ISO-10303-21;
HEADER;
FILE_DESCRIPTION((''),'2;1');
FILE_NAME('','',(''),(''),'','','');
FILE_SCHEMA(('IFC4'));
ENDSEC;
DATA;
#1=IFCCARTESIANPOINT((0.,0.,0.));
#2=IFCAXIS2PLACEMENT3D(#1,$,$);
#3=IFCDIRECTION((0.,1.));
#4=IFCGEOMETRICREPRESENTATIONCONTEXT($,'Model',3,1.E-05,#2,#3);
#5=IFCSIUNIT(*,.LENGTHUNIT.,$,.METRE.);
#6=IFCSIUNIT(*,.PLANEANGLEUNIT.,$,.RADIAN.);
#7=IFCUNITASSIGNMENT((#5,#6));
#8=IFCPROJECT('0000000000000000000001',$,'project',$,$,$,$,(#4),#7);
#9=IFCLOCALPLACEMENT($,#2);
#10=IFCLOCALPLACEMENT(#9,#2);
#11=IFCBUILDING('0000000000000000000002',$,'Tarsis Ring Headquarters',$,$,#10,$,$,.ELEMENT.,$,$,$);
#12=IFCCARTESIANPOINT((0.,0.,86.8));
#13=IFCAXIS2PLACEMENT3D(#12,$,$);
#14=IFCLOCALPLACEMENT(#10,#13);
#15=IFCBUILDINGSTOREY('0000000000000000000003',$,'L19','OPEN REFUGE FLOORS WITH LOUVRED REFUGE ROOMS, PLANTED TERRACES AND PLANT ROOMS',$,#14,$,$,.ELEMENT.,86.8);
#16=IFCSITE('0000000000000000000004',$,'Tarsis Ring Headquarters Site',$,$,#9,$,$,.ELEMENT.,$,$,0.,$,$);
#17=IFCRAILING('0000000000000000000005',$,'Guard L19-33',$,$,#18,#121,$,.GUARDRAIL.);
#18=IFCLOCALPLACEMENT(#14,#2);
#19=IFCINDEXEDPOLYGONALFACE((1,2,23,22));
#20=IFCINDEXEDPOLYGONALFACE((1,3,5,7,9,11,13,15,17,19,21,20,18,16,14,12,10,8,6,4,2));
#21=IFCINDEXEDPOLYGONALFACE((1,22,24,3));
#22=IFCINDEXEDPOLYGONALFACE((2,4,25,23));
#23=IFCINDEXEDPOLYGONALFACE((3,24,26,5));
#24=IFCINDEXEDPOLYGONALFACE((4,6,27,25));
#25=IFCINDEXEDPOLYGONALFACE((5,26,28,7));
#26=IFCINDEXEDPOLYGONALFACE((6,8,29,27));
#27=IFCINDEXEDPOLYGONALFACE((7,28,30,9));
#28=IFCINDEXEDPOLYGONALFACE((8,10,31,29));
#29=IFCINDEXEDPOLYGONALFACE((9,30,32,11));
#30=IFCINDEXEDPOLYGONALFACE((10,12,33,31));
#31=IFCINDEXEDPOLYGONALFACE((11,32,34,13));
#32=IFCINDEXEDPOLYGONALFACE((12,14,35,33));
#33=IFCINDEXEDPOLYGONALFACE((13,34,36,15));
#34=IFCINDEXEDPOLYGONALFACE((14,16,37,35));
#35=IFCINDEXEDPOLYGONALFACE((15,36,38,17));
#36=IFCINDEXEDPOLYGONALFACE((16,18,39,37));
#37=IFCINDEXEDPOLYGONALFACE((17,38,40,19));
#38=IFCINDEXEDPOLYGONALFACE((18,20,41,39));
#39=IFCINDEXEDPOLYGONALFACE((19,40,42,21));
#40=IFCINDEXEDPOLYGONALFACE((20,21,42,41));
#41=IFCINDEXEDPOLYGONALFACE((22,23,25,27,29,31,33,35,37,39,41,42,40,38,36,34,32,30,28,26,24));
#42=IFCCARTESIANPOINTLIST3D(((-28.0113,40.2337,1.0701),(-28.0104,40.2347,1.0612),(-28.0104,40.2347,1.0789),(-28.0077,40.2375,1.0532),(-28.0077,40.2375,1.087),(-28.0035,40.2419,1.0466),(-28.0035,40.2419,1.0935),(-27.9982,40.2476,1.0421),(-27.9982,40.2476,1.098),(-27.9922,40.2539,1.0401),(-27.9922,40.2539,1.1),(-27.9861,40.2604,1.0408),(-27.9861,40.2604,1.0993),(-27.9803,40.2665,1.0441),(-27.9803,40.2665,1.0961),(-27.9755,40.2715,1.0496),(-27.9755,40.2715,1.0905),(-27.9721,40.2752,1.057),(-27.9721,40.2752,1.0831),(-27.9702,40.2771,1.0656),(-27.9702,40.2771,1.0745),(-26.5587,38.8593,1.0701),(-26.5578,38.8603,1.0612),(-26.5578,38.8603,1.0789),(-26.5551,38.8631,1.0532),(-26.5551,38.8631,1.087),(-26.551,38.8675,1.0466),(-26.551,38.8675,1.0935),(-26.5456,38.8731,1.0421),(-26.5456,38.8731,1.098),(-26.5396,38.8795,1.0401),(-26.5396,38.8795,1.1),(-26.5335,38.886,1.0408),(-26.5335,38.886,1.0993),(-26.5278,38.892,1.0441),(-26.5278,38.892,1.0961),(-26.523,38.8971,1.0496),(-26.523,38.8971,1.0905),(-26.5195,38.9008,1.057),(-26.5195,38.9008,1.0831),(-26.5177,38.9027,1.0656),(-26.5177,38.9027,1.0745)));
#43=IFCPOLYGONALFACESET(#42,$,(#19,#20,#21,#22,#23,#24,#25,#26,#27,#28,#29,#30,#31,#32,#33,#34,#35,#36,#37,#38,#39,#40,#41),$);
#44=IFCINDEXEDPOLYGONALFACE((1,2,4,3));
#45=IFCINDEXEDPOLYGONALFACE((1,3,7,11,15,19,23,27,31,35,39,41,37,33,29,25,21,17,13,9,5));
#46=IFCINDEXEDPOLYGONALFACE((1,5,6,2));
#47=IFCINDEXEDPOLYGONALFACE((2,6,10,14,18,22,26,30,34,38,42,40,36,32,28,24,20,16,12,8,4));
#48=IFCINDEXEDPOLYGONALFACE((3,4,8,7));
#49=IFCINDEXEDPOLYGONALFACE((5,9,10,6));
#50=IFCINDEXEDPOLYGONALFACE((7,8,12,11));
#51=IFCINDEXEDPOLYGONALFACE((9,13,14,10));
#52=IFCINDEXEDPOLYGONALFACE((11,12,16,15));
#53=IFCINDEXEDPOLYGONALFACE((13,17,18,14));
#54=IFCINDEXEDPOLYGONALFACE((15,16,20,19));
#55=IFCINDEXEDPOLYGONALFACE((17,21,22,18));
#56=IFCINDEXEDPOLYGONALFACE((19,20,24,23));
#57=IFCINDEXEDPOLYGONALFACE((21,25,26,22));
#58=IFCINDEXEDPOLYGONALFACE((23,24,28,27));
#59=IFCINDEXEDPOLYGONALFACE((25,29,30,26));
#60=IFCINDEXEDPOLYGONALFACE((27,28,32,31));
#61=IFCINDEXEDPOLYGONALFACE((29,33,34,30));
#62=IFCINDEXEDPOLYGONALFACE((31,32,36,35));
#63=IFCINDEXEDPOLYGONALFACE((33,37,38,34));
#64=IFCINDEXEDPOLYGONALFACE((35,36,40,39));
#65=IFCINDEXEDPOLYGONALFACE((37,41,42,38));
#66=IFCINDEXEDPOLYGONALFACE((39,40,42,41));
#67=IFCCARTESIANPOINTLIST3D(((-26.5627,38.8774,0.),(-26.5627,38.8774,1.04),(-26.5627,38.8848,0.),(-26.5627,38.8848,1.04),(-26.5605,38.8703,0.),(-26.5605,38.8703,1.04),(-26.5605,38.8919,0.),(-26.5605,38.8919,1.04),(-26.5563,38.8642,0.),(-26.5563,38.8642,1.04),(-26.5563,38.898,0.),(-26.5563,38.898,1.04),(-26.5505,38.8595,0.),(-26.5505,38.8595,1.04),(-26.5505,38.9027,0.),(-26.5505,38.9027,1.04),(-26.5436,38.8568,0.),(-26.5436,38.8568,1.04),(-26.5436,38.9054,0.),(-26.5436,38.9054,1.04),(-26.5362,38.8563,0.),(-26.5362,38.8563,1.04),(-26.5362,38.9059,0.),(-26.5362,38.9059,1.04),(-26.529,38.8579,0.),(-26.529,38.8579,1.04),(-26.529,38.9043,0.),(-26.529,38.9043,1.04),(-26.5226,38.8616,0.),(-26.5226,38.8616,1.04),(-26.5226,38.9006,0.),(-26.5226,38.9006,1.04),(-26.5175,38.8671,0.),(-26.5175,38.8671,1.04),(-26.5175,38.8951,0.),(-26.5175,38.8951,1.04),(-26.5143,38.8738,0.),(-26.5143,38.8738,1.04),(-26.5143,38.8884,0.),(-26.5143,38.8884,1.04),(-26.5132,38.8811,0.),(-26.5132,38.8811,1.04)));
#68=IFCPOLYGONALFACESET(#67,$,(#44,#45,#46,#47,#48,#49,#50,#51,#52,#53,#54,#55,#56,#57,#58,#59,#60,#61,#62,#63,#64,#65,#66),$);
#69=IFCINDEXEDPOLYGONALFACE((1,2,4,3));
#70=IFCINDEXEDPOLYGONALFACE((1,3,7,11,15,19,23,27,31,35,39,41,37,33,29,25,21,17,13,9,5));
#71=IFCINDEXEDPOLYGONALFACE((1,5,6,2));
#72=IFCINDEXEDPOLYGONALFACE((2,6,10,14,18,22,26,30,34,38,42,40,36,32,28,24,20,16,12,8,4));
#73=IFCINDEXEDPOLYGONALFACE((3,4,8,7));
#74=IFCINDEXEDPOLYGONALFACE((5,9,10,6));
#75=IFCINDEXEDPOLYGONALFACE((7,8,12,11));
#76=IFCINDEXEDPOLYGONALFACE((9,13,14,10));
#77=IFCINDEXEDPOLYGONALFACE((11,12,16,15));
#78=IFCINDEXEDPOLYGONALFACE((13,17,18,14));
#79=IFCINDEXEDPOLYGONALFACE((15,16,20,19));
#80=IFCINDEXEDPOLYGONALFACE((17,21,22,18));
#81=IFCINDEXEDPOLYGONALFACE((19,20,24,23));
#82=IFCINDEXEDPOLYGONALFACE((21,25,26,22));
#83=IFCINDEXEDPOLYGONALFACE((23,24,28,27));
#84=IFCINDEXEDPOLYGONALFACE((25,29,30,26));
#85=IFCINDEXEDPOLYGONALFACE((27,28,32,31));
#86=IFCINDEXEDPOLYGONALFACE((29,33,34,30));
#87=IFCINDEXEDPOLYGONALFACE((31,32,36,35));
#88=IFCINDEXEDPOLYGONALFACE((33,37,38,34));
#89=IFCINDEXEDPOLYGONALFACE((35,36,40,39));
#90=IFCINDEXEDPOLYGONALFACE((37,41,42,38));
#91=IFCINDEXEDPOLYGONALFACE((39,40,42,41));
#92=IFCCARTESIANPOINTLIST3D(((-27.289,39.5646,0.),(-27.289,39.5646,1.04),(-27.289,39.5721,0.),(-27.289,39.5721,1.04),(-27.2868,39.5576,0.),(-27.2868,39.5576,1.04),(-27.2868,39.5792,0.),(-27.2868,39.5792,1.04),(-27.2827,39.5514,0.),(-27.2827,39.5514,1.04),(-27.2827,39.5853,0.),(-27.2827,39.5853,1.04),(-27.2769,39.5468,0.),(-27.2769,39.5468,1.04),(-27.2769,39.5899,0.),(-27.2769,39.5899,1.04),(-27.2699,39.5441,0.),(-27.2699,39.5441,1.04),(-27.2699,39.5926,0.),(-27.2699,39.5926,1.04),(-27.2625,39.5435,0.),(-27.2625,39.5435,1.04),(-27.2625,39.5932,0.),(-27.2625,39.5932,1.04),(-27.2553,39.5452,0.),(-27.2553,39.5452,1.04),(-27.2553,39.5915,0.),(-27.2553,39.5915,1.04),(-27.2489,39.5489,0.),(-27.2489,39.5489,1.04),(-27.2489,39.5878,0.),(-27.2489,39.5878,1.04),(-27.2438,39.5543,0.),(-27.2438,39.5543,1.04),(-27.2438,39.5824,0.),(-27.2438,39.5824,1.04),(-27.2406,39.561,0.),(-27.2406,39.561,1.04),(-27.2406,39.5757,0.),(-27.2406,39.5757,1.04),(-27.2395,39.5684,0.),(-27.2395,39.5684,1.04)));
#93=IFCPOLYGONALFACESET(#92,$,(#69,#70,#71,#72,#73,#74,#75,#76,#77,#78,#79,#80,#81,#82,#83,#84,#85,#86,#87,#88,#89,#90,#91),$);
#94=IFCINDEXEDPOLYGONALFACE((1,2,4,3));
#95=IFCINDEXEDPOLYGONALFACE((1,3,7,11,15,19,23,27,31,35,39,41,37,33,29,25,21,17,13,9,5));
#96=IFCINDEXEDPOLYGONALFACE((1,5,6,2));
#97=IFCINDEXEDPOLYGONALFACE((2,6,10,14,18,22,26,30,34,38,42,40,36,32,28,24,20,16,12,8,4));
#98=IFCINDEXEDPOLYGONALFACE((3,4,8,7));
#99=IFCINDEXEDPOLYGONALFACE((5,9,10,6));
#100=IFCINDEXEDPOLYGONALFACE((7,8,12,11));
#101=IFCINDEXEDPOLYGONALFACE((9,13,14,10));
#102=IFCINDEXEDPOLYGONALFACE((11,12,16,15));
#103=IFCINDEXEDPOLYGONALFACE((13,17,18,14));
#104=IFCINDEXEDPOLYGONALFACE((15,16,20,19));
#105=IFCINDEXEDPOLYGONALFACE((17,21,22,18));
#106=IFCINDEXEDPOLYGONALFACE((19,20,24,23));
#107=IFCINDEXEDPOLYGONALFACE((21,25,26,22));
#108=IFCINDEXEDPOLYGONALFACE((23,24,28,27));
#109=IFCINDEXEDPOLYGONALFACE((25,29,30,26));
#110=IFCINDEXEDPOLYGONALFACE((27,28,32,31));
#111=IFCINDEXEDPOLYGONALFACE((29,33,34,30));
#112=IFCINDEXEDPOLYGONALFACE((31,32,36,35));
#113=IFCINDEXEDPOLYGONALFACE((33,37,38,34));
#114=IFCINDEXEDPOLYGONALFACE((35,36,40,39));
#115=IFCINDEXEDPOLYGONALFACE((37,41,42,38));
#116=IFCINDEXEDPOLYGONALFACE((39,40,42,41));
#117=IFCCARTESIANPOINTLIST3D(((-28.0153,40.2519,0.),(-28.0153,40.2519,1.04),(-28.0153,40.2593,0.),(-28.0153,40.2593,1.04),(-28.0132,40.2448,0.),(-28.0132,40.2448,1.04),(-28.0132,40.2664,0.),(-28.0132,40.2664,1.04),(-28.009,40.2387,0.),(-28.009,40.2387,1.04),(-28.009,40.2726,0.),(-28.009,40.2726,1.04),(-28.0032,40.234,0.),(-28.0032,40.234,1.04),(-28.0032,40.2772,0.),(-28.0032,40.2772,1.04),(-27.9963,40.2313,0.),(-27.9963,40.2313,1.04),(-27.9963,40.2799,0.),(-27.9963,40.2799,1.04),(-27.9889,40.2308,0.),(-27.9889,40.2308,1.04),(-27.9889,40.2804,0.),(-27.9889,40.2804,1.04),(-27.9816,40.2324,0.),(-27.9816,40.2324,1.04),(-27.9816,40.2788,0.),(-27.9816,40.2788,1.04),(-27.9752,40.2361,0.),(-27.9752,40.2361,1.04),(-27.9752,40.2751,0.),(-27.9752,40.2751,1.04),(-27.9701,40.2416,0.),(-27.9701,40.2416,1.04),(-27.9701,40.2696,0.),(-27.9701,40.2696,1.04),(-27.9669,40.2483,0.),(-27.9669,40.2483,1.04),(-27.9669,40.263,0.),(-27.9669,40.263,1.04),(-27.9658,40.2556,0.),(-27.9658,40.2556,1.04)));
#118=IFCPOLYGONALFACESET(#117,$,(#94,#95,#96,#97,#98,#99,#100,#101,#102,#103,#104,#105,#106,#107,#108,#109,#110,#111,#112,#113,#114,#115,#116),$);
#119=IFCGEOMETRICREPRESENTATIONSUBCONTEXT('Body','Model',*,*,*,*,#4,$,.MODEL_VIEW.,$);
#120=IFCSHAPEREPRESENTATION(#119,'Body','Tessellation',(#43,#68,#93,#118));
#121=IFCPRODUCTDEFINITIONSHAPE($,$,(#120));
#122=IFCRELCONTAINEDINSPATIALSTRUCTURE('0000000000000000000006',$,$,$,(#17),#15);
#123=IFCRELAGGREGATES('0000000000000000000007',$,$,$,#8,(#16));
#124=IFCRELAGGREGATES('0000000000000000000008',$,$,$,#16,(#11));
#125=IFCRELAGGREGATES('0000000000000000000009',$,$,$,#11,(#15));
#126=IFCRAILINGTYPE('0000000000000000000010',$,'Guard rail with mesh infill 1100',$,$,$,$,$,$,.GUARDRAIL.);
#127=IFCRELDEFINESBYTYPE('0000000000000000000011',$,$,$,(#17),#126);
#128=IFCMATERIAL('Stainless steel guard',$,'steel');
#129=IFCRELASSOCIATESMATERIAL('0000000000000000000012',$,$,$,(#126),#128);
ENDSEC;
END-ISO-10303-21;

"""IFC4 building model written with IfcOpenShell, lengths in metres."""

from ifc_helpers import new_model, si_unit, direction, frame, origin, origin_2d, place, context, subcontext, project, spatial, circle, extrude, material, type_object, element, save


model = new_model("IFC4")

# Units and contexts
model_context = context("Model", 3, precision=1e-05, world=origin(), true_north=direction((0.0, 1.0)))
body_context = subcontext(model_context, "Body", "Model", "MODEL_VIEW")
ifc_project = project(units=[si_unit("LENGTHUNIT", "METRE"), si_unit("PLANEANGLEUNIT", "RADIAN")], contexts=[model_context])

# Site, building, storey
site_placement = place(None, origin())
site = spatial("IfcSite", under=ifc_project, at=site_placement, Name="Tarsis Ring Headquarters Site", CompositionType="ELEMENT", RefElevation=0.0)
building_placement = place(site_placement, origin())
building = spatial("IfcBuilding", under=site, at=building_placement, Name="Tarsis Ring Headquarters", CompositionType="ELEMENT")
storey_placement = place(building_placement, frame((0.0, 0.0, 86.8)))
storey = spatial("IfcBuildingStorey", under=building, at=storey_placement, Name="L19", Description="OPEN REFUGE FLOORS WITH LOUVRED REFUGE ROOMS, PLANTED TERRACES AND PLANT ROOMS", CompositionType="ELEMENT", Elevation=86.8)

# Railing
ifc_material_1 = material(Name="Stainless steel guard", Category="steel")
railing_type = type_object("IfcRailingType", Name="Guard rail with mesh infill 1100", PredefinedType="GUARDRAIL", material=ifc_material_1)
railing_1_placement = place(storey_placement, frame((-26.5381, 38.8811, 0.0)))
element("IfcRailing", 1, at=railing_1_placement, inside=storey, type_object=railing_type, Name="Guard L19-33", PredefinedType="GUARDRAIL", context=body_context, shape_type="SweptSolid", body=[
    extrude(circle(Radius=0.03, at=origin_2d()), frame((0.0, 0.0, 1.0701), z_axis=(-0.72637, 0.687304, 0.0), x_axis=(-0.687304, -0.72637, 0.0)), (0.0, 0.0, 1.0), 1.9998),
    extrude(circle(Radius=0.0249, at=origin_2d()), origin(), (0.0, 0.0, 1.0), 1.04),
    extrude(circle(Radius=0.0249, at=origin_2d()), frame((-0.7263, 0.6873, 0.0)), (0.0, 0.0, 1.0), 1.04),
    extrude(circle(Radius=0.0249, at=origin_2d()), frame((-1.4526, 1.3745, 0.0)), (0.0, 0.0, 1.0), 1.04),
])

save(model, "model.ifc")
